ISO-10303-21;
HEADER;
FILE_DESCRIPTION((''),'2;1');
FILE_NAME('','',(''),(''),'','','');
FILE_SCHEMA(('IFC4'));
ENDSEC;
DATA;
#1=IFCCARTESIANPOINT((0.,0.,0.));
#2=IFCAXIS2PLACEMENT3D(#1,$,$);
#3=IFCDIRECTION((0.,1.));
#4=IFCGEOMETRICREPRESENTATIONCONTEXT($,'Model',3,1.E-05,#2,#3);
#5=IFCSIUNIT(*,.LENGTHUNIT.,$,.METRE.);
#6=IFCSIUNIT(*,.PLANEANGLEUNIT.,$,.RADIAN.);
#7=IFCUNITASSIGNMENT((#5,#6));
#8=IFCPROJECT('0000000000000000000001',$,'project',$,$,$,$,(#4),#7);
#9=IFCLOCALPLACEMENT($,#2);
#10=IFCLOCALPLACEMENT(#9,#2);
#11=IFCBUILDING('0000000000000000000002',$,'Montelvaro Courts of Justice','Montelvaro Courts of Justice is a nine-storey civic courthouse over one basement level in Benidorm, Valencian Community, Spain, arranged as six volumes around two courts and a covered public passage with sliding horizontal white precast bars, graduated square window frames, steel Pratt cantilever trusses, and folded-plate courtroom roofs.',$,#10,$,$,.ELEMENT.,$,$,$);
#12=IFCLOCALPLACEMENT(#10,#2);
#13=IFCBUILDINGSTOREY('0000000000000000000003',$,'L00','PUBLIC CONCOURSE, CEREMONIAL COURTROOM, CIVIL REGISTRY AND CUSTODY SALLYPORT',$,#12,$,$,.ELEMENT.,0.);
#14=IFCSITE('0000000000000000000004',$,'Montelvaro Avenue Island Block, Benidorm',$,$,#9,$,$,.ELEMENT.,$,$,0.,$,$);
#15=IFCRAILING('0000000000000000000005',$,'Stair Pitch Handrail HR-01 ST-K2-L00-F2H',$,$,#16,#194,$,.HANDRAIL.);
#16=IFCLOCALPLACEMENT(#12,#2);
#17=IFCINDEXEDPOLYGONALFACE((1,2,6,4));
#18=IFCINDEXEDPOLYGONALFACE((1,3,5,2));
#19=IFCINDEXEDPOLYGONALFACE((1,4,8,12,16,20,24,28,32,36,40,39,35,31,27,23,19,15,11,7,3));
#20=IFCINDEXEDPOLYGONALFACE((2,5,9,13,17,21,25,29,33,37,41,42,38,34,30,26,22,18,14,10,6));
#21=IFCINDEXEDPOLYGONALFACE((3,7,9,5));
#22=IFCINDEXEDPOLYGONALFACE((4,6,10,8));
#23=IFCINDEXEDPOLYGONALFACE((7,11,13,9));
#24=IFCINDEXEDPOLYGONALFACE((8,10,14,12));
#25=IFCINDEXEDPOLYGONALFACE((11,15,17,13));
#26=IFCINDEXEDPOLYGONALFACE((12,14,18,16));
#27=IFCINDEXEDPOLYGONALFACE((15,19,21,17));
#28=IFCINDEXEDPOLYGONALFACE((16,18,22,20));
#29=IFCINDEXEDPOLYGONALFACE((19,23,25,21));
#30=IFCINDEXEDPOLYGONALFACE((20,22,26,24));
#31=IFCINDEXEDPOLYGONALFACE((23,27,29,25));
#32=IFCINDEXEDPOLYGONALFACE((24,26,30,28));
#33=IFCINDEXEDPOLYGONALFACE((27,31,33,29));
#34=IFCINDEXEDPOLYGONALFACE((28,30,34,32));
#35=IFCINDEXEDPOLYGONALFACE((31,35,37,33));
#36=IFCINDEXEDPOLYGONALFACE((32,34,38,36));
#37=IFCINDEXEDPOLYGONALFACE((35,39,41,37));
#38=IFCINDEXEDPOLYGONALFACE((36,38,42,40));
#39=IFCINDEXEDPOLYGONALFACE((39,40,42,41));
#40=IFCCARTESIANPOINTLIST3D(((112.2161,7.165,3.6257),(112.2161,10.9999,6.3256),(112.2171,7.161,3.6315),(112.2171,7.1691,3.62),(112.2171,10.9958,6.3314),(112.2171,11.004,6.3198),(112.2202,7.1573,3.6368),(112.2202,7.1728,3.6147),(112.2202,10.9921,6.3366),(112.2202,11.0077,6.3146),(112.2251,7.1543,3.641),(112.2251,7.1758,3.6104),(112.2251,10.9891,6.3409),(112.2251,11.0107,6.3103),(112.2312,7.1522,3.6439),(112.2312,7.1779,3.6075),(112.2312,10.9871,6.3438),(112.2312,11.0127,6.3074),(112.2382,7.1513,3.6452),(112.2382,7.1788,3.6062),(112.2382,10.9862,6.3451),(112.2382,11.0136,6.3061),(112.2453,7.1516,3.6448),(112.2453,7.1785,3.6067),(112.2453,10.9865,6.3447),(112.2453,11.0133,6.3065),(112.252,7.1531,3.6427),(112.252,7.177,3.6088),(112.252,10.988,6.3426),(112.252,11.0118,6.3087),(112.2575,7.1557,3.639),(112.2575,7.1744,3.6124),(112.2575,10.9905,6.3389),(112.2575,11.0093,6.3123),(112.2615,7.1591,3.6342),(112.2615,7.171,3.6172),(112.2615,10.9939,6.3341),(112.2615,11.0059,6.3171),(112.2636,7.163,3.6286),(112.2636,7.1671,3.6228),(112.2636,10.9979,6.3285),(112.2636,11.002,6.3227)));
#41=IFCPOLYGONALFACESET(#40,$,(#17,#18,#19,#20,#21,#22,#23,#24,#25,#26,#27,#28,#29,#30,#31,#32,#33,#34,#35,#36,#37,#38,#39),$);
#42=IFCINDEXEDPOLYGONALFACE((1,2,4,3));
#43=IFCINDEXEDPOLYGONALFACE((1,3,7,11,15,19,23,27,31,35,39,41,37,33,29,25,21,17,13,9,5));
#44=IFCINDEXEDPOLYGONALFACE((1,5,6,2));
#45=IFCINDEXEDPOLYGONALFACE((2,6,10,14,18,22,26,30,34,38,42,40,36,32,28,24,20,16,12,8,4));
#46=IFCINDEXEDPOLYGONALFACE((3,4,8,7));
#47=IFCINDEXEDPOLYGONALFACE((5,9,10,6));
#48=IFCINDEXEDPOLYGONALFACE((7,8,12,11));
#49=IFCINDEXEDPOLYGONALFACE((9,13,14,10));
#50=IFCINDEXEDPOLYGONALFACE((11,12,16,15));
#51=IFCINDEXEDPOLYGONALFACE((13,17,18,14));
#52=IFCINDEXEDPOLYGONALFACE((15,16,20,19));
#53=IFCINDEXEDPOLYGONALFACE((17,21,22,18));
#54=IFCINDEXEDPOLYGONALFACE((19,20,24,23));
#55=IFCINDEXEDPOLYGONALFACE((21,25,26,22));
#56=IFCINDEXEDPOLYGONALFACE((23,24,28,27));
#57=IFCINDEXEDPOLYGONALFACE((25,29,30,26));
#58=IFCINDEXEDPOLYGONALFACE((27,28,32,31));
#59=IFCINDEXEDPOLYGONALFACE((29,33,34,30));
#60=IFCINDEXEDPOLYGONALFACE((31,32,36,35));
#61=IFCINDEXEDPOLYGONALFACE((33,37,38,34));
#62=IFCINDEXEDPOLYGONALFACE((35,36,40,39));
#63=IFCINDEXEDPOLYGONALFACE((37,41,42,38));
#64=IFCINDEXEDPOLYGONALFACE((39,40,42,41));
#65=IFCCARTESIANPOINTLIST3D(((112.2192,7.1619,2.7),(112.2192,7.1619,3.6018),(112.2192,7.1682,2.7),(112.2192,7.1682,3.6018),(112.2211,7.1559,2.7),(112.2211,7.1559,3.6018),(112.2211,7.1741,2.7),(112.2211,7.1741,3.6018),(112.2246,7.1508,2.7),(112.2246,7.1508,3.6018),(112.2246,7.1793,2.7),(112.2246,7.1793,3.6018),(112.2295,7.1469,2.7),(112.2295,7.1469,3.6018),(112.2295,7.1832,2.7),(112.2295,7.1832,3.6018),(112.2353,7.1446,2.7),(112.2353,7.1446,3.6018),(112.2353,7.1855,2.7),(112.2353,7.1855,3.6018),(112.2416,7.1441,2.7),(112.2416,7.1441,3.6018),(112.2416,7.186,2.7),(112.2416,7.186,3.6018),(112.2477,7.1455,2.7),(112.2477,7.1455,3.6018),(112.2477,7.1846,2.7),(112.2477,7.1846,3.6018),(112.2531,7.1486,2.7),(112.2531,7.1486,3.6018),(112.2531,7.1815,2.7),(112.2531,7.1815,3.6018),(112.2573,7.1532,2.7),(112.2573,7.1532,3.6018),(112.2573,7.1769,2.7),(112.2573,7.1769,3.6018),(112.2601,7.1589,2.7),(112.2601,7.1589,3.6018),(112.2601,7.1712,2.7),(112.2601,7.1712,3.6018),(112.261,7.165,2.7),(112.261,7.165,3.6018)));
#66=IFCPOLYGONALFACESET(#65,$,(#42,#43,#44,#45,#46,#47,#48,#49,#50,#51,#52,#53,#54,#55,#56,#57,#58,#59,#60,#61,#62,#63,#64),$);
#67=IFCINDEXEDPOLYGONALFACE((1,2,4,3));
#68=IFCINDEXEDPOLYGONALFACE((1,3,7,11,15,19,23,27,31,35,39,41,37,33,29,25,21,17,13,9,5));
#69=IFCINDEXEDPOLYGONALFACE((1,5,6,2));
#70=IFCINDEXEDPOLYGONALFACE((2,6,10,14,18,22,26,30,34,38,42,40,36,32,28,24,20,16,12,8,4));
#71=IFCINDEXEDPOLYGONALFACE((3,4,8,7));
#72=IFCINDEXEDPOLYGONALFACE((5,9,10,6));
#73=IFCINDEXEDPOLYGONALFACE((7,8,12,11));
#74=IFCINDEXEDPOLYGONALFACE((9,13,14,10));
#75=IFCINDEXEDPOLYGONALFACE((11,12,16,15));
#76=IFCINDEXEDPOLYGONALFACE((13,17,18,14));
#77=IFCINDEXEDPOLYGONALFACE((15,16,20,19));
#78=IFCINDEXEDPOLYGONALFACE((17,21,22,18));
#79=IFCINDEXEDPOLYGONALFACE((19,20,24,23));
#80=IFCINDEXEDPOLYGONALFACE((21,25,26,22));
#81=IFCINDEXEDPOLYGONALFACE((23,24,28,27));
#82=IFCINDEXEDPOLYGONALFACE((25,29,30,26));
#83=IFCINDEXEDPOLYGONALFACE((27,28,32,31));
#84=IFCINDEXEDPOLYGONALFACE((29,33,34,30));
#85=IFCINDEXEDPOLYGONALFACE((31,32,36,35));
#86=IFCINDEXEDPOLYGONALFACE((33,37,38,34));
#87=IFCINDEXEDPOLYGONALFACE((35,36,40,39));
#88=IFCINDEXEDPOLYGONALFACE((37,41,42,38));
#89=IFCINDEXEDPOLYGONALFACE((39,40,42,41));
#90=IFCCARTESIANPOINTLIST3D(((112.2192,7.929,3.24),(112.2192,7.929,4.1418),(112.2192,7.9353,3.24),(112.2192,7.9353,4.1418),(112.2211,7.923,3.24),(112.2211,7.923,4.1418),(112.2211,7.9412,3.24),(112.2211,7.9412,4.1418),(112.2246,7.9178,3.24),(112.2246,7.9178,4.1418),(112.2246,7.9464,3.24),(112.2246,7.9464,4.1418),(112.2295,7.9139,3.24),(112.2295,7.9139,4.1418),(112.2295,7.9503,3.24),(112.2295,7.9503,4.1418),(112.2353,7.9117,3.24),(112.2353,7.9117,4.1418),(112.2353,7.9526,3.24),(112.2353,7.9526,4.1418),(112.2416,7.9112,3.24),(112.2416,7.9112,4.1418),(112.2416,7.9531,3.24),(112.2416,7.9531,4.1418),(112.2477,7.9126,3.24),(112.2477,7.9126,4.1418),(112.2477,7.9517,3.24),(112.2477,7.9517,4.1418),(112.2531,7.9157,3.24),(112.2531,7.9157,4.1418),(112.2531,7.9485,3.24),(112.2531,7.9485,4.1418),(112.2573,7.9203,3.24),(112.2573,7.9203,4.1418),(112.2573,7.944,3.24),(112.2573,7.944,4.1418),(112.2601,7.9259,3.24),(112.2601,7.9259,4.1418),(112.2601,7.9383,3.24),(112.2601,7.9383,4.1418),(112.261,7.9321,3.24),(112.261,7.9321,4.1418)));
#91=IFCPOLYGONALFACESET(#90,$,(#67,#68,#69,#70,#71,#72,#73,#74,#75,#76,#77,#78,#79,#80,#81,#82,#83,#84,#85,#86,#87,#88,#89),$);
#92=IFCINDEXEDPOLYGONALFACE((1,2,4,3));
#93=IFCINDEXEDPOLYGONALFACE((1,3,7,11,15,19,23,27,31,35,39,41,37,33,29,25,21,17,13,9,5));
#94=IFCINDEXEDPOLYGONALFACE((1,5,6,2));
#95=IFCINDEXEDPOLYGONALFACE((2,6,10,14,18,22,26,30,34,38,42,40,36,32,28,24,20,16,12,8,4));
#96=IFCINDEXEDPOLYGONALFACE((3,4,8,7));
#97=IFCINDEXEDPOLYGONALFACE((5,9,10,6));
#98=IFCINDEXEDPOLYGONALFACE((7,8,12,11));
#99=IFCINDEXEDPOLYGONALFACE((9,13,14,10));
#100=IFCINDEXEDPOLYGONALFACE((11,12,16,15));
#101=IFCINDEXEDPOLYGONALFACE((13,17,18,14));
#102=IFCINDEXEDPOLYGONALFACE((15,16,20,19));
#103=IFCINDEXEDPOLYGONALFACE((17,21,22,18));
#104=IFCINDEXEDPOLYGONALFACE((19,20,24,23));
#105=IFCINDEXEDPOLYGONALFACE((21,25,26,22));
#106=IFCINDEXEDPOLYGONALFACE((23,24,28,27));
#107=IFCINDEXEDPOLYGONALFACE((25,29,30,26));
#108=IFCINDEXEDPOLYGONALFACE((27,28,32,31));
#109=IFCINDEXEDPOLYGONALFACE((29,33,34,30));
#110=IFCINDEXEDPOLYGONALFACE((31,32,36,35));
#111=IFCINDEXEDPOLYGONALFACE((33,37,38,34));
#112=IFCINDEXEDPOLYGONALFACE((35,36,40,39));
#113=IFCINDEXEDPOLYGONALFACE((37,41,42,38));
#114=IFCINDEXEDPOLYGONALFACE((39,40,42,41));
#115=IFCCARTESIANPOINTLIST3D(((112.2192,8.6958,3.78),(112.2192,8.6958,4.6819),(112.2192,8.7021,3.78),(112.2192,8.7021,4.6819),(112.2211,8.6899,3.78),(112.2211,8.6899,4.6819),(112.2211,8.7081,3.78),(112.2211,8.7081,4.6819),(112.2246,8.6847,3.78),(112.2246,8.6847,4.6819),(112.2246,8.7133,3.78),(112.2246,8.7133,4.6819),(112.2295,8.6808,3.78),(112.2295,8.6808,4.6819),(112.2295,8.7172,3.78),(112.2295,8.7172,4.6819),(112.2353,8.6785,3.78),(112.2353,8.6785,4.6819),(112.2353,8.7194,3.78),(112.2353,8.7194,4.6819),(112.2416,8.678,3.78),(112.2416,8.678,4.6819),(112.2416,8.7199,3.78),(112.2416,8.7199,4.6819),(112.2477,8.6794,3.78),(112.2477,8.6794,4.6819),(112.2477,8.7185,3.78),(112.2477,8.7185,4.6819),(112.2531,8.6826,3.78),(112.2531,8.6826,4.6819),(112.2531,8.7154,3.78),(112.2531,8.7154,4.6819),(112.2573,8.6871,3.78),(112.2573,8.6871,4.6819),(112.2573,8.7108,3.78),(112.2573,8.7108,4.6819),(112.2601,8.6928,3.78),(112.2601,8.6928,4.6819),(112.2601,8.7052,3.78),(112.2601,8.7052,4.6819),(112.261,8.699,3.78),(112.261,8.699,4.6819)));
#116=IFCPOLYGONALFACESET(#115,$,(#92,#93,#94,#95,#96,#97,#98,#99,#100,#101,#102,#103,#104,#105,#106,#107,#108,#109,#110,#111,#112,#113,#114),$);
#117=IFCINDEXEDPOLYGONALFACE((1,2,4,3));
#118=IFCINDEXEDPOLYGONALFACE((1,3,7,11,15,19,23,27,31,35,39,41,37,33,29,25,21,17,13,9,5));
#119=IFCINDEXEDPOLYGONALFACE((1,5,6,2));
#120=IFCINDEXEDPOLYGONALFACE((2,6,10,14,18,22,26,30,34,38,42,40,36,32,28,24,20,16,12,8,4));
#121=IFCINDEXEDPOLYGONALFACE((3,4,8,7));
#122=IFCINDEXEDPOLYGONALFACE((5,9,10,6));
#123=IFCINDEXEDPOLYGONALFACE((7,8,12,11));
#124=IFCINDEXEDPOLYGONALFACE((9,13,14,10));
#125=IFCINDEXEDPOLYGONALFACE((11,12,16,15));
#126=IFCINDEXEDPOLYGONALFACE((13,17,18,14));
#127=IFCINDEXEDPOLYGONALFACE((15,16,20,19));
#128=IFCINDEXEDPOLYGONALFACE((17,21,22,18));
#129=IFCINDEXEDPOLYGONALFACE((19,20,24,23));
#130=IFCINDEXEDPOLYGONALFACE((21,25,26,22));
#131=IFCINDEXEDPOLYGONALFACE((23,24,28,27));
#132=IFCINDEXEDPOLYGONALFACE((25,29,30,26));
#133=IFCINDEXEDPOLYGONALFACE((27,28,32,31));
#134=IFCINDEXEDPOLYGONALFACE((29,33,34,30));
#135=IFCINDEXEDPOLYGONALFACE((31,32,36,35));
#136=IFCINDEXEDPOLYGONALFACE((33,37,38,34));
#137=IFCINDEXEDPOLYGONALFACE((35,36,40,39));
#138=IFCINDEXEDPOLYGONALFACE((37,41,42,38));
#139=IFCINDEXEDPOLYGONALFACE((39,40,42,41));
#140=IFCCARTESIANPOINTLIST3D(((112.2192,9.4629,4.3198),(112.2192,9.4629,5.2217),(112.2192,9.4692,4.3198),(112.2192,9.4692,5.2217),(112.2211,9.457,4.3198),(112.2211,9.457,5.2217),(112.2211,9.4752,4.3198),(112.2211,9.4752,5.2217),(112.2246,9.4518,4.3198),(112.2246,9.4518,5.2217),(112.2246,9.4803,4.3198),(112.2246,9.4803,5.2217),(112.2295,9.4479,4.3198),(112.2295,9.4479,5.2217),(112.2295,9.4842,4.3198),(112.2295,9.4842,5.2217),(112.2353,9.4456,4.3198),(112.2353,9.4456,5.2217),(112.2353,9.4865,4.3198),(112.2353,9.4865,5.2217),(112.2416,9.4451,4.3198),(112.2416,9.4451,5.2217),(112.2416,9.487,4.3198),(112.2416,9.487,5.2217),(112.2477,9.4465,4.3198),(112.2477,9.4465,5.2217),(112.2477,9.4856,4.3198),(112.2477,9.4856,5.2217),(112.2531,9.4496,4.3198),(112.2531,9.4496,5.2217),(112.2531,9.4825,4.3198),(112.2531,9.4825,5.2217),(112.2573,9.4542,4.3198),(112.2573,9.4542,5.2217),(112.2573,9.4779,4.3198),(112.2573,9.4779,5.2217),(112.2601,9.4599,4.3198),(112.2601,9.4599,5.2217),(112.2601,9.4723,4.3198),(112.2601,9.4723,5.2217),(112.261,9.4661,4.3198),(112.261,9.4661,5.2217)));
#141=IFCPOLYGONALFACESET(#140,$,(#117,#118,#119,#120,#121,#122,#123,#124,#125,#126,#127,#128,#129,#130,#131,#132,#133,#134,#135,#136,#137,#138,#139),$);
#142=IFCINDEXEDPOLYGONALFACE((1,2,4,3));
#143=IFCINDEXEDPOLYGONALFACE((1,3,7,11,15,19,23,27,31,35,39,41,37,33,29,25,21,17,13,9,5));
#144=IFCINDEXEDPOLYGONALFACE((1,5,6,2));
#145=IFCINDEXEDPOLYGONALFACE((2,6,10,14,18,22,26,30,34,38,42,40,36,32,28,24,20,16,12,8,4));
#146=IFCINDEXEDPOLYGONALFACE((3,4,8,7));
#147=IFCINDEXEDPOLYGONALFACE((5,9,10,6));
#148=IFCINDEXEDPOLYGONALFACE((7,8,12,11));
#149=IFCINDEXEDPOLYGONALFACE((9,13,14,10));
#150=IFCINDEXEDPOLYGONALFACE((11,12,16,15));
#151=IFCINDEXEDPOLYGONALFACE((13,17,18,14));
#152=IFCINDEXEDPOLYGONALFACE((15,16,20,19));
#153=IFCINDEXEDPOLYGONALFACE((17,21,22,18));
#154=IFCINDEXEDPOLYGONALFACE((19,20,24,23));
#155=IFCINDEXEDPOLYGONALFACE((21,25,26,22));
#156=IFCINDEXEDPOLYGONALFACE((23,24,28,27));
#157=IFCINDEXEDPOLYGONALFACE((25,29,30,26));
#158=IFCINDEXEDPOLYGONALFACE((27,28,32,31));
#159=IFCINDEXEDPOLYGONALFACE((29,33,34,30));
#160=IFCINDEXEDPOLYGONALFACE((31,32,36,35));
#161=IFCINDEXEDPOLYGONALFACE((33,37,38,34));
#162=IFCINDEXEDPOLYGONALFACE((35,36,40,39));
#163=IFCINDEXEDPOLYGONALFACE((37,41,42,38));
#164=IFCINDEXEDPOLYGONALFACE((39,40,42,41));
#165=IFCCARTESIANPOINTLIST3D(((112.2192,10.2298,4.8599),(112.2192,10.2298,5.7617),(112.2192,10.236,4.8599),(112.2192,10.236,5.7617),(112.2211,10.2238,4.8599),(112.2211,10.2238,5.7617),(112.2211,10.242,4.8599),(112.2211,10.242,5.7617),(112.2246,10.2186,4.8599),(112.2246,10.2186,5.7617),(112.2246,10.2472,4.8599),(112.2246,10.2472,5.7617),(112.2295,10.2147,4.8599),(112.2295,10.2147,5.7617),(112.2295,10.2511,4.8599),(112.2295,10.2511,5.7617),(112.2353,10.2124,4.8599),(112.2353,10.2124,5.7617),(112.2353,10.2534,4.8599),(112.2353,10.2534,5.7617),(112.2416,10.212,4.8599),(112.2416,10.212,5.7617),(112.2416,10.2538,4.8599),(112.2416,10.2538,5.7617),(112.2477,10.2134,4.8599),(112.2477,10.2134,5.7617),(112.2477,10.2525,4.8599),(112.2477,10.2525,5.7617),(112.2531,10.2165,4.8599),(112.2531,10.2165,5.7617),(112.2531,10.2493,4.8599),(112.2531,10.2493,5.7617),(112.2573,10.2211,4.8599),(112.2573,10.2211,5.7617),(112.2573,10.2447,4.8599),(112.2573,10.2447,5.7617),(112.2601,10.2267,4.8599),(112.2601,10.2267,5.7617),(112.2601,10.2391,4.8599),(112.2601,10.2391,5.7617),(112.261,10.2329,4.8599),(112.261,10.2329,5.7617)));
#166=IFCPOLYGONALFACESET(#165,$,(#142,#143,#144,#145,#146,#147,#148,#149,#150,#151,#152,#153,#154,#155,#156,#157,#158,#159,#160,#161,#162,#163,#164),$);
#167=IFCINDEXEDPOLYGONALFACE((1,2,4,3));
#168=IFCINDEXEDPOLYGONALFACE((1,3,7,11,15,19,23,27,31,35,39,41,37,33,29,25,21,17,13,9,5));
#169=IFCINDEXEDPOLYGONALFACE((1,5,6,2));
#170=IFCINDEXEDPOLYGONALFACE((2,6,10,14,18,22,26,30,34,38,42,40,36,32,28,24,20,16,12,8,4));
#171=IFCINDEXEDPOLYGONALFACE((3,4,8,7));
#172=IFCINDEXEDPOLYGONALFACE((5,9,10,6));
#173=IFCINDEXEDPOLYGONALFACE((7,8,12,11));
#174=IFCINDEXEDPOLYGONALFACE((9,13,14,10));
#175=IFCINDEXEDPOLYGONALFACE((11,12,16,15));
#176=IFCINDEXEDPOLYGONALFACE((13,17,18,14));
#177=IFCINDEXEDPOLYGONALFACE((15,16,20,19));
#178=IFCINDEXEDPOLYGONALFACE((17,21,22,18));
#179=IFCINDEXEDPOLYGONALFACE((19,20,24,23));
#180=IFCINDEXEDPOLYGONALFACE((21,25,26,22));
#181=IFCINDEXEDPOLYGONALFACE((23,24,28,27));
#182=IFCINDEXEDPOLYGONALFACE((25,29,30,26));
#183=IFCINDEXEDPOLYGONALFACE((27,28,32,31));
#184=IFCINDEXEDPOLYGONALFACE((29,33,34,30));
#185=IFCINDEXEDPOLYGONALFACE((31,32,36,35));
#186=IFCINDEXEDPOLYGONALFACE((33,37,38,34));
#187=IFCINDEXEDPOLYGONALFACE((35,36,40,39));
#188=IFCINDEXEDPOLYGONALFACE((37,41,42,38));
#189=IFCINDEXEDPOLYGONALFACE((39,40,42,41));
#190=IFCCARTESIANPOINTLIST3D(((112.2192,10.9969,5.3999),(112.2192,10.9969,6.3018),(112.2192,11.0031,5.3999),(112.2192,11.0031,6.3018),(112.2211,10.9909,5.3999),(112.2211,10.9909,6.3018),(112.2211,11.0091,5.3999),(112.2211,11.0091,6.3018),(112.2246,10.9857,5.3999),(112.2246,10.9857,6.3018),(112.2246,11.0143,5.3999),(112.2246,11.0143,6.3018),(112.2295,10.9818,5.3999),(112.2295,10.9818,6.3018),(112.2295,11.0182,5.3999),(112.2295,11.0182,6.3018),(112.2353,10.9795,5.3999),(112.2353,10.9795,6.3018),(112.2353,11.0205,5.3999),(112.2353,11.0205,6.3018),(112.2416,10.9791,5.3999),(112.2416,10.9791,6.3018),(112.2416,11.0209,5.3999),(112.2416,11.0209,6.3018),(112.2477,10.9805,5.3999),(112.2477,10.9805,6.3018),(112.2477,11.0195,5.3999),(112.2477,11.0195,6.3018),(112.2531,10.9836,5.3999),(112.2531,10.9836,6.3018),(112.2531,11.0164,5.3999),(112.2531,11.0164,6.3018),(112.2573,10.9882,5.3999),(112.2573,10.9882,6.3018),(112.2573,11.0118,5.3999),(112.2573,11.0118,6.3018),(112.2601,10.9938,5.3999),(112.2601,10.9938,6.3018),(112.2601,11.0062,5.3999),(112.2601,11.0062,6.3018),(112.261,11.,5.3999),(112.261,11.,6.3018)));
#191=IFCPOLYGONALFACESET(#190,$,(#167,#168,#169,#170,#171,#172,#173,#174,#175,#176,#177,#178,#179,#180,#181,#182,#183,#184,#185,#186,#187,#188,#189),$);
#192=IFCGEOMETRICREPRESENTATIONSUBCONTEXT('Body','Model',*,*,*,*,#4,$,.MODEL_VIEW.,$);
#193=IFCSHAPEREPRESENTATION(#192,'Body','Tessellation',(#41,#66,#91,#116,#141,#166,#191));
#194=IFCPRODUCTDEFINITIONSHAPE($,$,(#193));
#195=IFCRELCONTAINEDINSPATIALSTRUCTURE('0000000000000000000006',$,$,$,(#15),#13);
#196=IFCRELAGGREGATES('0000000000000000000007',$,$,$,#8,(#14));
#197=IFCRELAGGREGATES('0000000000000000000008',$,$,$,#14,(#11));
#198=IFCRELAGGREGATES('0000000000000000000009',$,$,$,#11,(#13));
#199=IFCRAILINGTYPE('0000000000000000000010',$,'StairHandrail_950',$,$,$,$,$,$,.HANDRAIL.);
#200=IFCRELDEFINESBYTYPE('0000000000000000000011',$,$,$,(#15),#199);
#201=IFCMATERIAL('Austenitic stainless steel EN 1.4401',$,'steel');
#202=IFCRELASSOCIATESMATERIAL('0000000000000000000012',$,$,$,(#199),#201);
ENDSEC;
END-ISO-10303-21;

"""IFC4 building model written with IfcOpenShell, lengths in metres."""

from ifc_helpers import new_model, si_unit, direction, frame, origin, origin_2d, place, context, subcontext, project, spatial, circle, extrude, material, type_object, element, save


model = new_model("IFC4")

# Units and contexts
model_context = context("Model", 3, precision=1e-05, world=origin(), true_north=direction((0.0, 1.0)))
body_context = subcontext(model_context, "Body", "Model", "MODEL_VIEW")
ifc_project = project(units=[si_unit("LENGTHUNIT", "METRE"), si_unit("PLANEANGLEUNIT", "RADIAN")], contexts=[model_context])

# Site, building, storey
site_placement = place(None, origin())
site = spatial("IfcSite", under=ifc_project, at=site_placement, Name="Montelvaro Avenue Island Block, Benidorm", CompositionType="ELEMENT", RefElevation=0.0)
building_placement = place(site_placement, origin())
building = spatial("IfcBuilding", under=site, at=building_placement, Name="Montelvaro Courts of Justice", Description="Montelvaro Courts of Justice is a nine-storey civic courthouse over one basement level in Benidorm, Valencian Community, Spain, arranged as six volumes around two courts and a covered public passage with sliding horizontal white precast bars, graduated square window frames, steel Pratt cantilever trusses, and folded-plate courtroom roofs.", CompositionType="ELEMENT")
storey_placement = place(building_placement, origin())
storey = spatial("IfcBuildingStorey", under=building, at=storey_placement, Name="L00", Description="PUBLIC CONCOURSE, CEREMONIAL COURTROOM, CIVIL REGISTRY AND CUSTODY SALLYPORT", CompositionType="ELEMENT", Elevation=0.0)

# Railing
ifc_material_1 = material(Name="Austenitic stainless steel EN 1.4401", Category="steel")
railing_type = type_object("IfcRailingType", Name="StairHandrail_950", PredefinedType="HANDRAIL", material=ifc_material_1)
railing_placement = place(storey_placement, frame((112.24, 7.165, 2.7)))
element("IfcRailing", 1, at=railing_placement, inside=storey, type_object=railing_type, Name="Stair Pitch Handrail HR-01 ST-K2-L00-F2H", PredefinedType="HANDRAIL", context=body_context, shape_type="SweptSolid", body=[
    extrude(circle(Radius=0.0239, at=origin_2d()), frame((0.0, 0.0, 0.9258), z_axis=(0.0, 0.817678, 0.575675), x_axis=(-1.0, 0.0, 0.0)), (0.0, 0.0, 1.0), 4.6899),
    extrude(circle(Radius=0.021, at=origin_2d()), origin(), (0.0, 0.0, 1.0), 0.9019),
    extrude(circle(Radius=0.021, at=origin_2d()), frame((0.0, 0.7671, 0.54)), (0.0, 0.0, 1.0), 0.9019),
    extrude(circle(Radius=0.021, at=origin_2d()), frame((0.0, 1.5339, 1.0801)), (0.0, 0.0, 1.0), 0.9019),
    extrude(circle(Radius=0.021, at=origin_2d()), frame((0.0, 2.301, 1.6199)), (0.0, 0.0, 1.0), 0.9019),
    extrude(circle(Radius=0.021, at=origin_2d()), frame((0.0, 3.0679, 2.1599)), (0.0, 0.0, 1.0), 0.9019),
    extrude(circle(Radius=0.021, at=origin_2d()), frame((0.0, 3.835, 2.7)), (0.0, 0.0, 1.0), 0.9019),
])

save(model, "model.ifc")
